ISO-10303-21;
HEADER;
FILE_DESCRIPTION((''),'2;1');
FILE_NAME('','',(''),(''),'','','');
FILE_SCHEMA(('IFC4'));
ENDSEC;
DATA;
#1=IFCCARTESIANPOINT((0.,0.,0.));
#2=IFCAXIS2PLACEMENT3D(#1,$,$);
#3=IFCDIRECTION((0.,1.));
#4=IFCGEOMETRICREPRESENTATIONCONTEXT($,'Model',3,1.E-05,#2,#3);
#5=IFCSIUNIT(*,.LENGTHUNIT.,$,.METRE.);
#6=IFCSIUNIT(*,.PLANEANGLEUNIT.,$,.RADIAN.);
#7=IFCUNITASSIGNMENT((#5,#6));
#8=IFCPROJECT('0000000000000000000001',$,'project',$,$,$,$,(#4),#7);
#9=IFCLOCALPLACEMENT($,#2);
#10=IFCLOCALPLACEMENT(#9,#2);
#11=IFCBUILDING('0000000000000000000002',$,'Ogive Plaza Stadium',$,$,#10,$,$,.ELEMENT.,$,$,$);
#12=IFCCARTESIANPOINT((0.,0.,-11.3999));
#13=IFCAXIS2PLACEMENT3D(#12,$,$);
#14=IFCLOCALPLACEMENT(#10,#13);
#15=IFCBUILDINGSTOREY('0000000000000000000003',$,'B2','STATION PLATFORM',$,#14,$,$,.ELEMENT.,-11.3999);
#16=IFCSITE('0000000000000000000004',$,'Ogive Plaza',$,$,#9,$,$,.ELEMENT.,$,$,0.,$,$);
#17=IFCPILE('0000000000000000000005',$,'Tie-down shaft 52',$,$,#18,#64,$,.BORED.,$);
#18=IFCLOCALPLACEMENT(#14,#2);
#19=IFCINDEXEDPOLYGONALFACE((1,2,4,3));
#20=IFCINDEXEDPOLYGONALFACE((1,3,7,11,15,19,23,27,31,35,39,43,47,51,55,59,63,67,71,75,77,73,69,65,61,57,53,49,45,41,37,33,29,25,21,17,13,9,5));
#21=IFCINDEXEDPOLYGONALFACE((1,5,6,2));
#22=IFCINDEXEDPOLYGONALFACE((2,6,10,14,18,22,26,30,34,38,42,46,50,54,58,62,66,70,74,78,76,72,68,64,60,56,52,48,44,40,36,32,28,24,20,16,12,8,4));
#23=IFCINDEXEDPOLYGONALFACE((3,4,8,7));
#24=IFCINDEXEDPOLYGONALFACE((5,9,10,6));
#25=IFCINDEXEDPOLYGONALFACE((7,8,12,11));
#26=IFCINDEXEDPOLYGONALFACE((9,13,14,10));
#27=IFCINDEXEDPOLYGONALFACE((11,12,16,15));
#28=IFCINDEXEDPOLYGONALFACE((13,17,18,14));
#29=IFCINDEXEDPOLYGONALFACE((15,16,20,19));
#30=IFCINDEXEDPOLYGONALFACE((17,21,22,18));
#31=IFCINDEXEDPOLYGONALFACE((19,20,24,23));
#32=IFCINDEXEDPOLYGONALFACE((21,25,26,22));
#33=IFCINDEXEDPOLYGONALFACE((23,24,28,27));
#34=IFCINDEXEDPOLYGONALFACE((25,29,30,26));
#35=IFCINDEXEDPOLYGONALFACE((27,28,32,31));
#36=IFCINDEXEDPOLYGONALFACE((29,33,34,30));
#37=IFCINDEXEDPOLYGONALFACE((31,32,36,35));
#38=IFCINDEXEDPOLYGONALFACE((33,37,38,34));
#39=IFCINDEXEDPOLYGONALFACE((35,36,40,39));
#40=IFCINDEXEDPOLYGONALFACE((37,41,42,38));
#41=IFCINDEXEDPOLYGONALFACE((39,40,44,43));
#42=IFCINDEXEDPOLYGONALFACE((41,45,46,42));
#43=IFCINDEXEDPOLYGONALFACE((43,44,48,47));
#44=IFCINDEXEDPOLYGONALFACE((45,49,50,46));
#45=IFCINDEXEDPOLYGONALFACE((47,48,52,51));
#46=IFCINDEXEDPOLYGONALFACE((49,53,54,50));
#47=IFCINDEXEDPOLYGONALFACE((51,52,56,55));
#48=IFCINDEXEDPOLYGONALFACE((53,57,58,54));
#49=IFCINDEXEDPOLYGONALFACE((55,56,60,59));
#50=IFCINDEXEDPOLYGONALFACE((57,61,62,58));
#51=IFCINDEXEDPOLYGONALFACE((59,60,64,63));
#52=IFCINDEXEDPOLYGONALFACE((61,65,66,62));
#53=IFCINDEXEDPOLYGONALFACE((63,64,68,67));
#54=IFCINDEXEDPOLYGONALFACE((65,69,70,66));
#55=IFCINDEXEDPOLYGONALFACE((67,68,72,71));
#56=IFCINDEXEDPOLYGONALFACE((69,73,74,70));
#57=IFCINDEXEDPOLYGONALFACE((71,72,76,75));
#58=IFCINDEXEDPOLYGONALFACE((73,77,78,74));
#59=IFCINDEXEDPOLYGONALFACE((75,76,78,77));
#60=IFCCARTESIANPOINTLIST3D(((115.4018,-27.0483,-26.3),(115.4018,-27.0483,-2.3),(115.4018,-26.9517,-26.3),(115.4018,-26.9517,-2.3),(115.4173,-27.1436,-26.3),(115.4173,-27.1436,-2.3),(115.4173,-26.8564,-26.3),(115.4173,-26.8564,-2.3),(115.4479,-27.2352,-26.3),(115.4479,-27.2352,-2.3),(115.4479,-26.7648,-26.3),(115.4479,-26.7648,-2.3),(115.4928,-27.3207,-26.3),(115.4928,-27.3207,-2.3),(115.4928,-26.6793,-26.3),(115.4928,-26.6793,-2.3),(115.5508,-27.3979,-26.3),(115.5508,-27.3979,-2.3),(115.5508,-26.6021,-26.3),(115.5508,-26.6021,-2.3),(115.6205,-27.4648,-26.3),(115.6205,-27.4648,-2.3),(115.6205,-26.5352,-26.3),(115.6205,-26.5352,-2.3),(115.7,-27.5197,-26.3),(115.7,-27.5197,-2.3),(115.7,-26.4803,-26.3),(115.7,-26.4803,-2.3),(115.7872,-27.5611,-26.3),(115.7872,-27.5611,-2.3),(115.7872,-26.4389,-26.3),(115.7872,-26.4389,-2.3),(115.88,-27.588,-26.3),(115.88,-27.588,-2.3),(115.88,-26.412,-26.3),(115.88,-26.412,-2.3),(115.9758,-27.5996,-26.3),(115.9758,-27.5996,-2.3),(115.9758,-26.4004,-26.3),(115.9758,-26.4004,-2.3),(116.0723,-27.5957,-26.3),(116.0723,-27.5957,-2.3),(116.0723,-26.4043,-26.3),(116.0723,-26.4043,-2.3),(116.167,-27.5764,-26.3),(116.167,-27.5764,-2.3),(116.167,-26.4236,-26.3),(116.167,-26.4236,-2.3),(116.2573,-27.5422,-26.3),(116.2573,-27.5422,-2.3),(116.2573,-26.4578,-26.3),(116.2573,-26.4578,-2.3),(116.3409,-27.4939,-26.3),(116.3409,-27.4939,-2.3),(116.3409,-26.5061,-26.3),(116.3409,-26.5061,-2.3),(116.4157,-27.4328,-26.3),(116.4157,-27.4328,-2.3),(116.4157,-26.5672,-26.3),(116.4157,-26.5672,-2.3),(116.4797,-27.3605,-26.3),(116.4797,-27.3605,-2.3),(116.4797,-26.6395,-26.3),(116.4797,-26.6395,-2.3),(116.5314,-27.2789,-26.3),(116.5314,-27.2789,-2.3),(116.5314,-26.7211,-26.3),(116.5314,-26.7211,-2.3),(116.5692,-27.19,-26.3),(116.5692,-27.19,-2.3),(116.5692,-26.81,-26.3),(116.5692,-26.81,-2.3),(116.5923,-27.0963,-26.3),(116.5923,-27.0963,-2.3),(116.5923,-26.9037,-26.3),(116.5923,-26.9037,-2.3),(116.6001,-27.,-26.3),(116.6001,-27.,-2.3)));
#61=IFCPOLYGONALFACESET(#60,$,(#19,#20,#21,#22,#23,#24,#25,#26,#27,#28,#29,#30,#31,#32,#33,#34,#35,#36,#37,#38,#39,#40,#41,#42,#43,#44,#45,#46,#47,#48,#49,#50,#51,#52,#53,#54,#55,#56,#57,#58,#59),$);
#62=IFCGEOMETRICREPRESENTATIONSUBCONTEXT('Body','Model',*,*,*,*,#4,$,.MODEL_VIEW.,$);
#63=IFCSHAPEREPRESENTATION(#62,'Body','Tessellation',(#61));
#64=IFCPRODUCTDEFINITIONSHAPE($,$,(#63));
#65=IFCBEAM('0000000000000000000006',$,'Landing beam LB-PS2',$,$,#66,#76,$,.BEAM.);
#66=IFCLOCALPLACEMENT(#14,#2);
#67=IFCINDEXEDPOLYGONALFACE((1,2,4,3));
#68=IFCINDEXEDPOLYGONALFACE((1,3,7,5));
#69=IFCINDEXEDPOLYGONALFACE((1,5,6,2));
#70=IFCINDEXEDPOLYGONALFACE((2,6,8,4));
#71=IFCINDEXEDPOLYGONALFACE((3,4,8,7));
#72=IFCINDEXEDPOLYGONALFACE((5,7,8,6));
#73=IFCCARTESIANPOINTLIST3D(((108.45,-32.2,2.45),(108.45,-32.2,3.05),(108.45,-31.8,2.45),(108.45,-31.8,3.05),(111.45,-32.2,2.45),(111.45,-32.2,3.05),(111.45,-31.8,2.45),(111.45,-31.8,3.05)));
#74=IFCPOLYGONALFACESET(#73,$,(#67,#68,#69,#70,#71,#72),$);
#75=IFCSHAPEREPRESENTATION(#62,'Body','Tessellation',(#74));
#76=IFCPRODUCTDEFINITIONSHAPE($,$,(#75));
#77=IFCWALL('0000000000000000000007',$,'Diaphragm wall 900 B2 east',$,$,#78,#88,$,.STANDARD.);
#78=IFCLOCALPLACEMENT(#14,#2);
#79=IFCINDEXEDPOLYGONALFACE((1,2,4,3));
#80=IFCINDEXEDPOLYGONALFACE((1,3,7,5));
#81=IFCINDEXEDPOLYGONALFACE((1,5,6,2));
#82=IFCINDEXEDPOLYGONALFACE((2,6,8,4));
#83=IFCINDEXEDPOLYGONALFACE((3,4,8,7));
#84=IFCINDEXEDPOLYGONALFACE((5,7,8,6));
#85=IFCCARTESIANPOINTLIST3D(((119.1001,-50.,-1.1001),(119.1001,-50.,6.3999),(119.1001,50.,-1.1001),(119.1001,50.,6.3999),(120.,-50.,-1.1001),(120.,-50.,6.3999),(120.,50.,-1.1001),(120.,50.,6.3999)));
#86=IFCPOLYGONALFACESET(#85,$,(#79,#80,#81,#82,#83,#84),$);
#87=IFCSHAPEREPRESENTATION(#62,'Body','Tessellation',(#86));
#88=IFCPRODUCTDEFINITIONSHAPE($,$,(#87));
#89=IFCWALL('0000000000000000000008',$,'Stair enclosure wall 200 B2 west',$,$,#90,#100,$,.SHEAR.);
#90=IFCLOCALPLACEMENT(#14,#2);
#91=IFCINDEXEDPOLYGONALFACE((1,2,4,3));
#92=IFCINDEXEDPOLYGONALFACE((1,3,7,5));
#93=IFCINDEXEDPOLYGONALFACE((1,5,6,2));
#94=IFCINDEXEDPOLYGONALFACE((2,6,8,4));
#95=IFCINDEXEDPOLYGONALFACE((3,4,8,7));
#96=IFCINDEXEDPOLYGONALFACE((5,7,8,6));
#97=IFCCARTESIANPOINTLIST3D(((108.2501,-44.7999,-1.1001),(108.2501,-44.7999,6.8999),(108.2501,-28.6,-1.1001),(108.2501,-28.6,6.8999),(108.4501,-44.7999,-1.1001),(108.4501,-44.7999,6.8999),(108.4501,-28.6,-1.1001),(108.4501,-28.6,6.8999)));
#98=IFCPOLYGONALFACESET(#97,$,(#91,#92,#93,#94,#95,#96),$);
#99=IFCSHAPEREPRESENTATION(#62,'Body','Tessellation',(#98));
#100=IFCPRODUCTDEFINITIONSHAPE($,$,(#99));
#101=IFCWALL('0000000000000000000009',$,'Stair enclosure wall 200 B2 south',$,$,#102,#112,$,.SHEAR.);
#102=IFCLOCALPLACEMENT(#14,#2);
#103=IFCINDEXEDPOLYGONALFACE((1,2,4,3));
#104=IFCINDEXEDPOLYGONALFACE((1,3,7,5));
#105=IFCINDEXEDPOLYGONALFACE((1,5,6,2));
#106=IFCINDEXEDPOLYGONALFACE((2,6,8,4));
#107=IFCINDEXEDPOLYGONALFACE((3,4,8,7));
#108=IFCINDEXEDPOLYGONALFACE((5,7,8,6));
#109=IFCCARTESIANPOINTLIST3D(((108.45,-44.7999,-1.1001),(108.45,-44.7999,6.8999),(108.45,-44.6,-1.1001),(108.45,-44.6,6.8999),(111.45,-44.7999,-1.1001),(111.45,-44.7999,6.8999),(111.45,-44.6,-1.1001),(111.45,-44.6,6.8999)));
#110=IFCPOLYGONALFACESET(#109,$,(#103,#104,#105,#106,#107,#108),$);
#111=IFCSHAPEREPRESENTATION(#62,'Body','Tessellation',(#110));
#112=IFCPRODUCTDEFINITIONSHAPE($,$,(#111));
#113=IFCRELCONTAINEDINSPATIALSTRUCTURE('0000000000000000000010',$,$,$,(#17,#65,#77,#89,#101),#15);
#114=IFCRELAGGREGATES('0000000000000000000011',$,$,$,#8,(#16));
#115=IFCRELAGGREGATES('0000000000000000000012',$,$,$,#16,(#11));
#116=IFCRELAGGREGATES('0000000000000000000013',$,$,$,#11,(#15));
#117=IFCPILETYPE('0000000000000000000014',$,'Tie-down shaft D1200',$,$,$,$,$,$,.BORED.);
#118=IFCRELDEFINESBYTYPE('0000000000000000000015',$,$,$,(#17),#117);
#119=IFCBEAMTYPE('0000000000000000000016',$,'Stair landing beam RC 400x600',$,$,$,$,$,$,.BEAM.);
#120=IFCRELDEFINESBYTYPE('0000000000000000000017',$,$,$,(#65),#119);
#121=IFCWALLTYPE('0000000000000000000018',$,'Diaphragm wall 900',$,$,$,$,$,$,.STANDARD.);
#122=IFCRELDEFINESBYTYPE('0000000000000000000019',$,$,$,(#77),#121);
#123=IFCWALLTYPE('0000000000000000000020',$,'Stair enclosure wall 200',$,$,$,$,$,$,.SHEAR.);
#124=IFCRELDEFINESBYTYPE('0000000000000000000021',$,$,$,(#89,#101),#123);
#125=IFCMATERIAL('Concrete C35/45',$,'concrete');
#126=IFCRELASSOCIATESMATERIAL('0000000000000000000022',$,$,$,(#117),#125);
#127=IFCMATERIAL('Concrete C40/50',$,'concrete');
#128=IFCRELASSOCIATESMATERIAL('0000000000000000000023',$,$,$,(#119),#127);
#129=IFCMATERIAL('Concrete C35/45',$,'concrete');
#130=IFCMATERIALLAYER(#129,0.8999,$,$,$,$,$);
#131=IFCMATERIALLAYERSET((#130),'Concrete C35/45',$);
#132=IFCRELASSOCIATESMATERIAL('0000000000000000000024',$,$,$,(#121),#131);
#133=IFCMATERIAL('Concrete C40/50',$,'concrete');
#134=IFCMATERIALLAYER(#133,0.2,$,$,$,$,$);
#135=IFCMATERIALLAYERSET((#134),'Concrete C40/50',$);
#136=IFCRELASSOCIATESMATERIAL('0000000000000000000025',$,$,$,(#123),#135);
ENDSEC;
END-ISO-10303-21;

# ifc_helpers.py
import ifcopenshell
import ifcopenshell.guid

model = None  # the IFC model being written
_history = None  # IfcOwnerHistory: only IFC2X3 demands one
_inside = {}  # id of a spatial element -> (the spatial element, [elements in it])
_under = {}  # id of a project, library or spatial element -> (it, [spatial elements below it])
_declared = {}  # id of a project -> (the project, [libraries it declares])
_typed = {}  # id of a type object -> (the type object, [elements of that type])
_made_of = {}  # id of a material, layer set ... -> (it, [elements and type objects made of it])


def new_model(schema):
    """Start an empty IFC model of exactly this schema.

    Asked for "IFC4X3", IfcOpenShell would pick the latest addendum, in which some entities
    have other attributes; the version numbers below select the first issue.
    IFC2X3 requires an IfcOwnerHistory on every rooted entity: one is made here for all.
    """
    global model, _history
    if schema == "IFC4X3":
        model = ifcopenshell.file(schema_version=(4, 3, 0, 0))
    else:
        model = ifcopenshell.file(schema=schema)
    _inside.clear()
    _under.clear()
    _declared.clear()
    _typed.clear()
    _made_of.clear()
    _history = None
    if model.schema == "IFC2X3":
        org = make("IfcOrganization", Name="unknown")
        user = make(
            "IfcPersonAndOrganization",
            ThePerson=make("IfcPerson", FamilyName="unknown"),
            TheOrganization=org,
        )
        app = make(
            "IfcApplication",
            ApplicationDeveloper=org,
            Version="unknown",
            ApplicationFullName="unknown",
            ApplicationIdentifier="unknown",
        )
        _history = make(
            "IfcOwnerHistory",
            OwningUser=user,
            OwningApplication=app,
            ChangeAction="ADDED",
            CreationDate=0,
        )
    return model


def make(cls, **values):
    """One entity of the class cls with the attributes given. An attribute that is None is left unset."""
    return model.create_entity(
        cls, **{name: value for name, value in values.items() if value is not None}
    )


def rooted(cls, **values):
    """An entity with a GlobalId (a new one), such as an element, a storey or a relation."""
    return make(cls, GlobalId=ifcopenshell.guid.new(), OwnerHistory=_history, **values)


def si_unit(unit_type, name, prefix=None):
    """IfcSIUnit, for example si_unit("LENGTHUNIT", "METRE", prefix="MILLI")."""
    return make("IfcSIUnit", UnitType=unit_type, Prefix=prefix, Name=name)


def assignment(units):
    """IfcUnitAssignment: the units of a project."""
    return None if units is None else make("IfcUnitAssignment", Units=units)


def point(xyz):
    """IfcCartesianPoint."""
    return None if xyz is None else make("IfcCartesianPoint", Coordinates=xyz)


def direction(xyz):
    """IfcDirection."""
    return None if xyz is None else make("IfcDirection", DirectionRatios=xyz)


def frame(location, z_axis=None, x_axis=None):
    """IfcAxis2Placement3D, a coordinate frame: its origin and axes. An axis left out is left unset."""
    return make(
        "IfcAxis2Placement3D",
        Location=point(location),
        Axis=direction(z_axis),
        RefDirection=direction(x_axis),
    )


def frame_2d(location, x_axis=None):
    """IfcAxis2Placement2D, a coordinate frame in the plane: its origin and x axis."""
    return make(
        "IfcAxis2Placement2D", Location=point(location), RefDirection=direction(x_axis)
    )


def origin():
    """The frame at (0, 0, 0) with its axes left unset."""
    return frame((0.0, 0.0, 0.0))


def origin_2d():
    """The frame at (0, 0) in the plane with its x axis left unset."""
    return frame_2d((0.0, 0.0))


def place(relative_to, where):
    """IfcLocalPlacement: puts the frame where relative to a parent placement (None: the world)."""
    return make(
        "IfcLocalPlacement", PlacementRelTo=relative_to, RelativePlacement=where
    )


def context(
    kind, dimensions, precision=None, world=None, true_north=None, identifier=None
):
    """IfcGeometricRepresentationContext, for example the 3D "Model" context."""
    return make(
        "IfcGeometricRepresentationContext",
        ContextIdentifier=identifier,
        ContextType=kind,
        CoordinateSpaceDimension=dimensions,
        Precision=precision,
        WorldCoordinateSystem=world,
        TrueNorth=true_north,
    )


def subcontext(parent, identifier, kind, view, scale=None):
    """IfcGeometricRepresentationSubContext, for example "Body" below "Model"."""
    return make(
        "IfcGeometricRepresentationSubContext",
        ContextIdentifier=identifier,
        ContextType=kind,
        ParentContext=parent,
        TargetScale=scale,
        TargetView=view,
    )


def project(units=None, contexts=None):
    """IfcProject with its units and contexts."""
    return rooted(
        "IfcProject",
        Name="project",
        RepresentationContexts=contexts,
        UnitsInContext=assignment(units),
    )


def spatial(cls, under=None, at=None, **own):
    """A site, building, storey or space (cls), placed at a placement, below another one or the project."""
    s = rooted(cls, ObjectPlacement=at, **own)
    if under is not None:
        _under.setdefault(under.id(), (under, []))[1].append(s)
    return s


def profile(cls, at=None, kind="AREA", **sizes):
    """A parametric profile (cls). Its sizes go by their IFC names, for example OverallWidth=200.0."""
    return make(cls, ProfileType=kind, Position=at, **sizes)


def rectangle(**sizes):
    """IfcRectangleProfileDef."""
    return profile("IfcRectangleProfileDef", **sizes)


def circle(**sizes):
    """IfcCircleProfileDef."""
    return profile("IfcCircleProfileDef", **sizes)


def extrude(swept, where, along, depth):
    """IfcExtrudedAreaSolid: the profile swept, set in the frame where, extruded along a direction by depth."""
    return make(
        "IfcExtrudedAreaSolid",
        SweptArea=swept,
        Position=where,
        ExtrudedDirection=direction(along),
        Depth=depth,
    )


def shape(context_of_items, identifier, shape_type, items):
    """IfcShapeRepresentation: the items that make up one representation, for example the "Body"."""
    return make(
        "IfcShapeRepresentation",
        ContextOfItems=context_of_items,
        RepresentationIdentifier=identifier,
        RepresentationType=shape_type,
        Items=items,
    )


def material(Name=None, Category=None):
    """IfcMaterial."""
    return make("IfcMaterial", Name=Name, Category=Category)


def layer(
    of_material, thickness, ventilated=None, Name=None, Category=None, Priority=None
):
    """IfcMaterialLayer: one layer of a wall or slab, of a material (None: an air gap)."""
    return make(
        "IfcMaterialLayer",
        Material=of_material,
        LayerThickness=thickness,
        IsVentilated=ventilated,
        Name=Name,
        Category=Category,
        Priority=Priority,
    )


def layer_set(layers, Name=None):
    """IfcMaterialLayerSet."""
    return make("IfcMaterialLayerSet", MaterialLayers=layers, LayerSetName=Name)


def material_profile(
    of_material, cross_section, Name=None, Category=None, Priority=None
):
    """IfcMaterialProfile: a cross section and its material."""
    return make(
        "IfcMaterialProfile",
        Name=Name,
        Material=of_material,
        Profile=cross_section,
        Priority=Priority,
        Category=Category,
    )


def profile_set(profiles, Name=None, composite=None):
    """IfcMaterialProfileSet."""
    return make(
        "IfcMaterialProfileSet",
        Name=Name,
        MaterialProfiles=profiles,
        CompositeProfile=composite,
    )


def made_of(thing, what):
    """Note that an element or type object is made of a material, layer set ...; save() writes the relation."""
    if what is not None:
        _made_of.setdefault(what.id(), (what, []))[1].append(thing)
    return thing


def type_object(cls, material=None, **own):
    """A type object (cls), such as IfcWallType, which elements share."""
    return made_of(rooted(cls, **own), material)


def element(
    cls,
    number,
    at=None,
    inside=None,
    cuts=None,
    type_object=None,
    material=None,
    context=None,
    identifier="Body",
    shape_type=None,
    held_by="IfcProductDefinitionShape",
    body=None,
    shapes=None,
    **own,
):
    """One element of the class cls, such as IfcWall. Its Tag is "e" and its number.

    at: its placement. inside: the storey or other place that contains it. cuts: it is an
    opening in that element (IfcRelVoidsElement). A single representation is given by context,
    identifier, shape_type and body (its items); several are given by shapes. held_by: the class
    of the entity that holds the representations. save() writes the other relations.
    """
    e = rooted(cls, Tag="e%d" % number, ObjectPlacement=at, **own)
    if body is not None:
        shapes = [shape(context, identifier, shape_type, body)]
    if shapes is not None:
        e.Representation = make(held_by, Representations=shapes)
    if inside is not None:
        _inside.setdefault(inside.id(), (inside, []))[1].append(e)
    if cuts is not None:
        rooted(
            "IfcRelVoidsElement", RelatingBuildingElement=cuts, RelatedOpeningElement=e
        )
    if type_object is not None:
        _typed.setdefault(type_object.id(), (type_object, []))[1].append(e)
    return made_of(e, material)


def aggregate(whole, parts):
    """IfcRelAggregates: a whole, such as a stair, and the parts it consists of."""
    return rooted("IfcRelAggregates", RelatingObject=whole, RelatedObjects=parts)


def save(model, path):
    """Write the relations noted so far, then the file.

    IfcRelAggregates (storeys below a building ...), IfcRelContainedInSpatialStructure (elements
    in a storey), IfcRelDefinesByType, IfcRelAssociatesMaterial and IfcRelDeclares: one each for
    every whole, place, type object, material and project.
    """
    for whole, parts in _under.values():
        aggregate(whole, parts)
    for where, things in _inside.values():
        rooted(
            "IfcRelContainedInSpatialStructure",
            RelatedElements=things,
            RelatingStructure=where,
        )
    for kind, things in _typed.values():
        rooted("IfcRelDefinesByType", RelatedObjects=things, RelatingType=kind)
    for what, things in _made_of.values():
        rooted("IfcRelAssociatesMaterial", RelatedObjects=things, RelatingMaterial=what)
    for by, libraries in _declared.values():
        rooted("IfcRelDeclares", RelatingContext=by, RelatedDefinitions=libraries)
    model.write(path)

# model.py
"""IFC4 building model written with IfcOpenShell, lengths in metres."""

from ifc_helpers import new_model, si_unit, direction, frame, frame_2d, origin, origin_2d, place, context, subcontext, project, spatial, rectangle, circle, extrude, material, layer, layer_set, material_profile, profile_set, type_object, element, save


model = new_model("IFC4")

# Units and contexts
model_context = context("Model", 3, precision=1e-05, world=origin(), true_north=direction((0.0, 1.0)))
body_context = subcontext(model_context, "Body", "Model", "MODEL_VIEW")
ifc_project = project(units=[si_unit("LENGTHUNIT", "METRE"), si_unit("PLANEANGLEUNIT", "RADIAN")], contexts=[model_context])

# Site, building, storey
site_placement = place(None, origin())
site = spatial("IfcSite", under=ifc_project, at=site_placement, Name="Ogive Plaza", CompositionType="ELEMENT", RefElevation=0.0)
building_placement = place(site_placement, origin())
building = spatial("IfcBuilding", under=site, at=building_placement, Name="Ogive Plaza Stadium", CompositionType="ELEMENT")
storey_placement = place(building_placement, frame((0.0, 0.0, -11.3999)))
storey = spatial("IfcBuildingStorey", under=building, at=storey_placement, Name="B2", Description="STATION PLATFORM", CompositionType="ELEMENT", Elevation=-11.3999)

# Pile
ifc_material_1 = material(Name="Concrete C35/45", Category="concrete")
ifc_material_profile_1 = material_profile(ifc_material_1, circle(Radius=0.6001, at=origin_2d()), Name="Tie-down shaft D1200")
ifc_profile_set_1 = profile_set([ifc_material_profile_1], Name="Concrete C35/45")
pile_type = type_object("IfcPileType", Name="Tie-down shaft D1200", PredefinedType="BORED", material=ifc_profile_set_1)
for number, where, z_axis, x_axis, name in (
    (1, (116.0, -27.0, -2.3), (0.0, 0.0, -1.0), (1.0, 0.0, 0.0), "Tie-down shaft 52"),
):
    element("IfcPile", number, at=place(storey_placement, frame(where, z_axis=z_axis, x_axis=x_axis)), inside=storey, type_object=pile_type, Name=name, PredefinedType="BORED", context=body_context, shape_type="SweptSolid", body=[
        extrude(circle(Radius=0.6001, at=origin_2d()), origin(), (0.0, 0.0, 1.0), 24.0),
    ])

# Beam
ifc_material_2 = material(Name="Concrete C40/50", Category="concrete")
ifc_material_profile_2 = material_profile(ifc_material_2, rectangle(XDim=0.3999, YDim=0.6001, at=origin_2d()), Name="Stair landing beam RC 400x600")
ifc_profile_set_2 = profile_set([ifc_material_profile_2], Name="Concrete C40/50")
beam_type = type_object("IfcBeamType", Name="Stair landing beam RC 400x600", PredefinedType="BEAM", material=ifc_profile_set_2)
beam_placement = place(storey_placement, frame((108.45, -32.0, 2.75), z_axis=(1.0, 0.0, 0.0), x_axis=(0.0, 1.0, 0.0)))
element("IfcBeam", 2, at=beam_placement, inside=storey, type_object=beam_type, Name="Landing beam LB-PS2", PredefinedType="BEAM", context=body_context, shape_type="SweptSolid", body=[
    extrude(rectangle(XDim=0.3999, YDim=0.6001, at=origin_2d()), origin(), (0.0, 0.0, 1.0), 3.0),
])

# Wall
ifc_material_3 = material(Name="Concrete C35/45", Category="concrete")
ifc_layer_1 = layer(ifc_material_3, 0.8999)
ifc_layer_set_1 = layer_set([ifc_layer_1], Name="Concrete C35/45")
wall_type_1 = type_object("IfcWallType", Name="Diaphragm wall 900", PredefinedType="STANDARD", material=ifc_layer_set_1)
wall_1_placement = place(storey_placement, frame((119.55, -50.0, -1.1001), z_axis=(0.0, 0.0, 1.0), x_axis=(0.0, 1.0, 0.0)))
element("IfcWall", 3, at=wall_1_placement, inside=storey, type_object=wall_type_1, Name="Diaphragm wall 900 B2 east", PredefinedType="STANDARD", context=body_context, shape_type="SweptSolid", body=[
    extrude(rectangle(XDim=100.0, YDim=0.8999, at=frame_2d((50.0, 0.0))), origin(), (0.0, 0.0, 1.0), 7.5),
])

# Wall
ifc_material_4 = material(Name="Concrete C40/50", Category="concrete")
ifc_layer_2 = layer(ifc_material_4, 0.2)
ifc_layer_set_2 = layer_set([ifc_layer_2], Name="Concrete C40/50")
wall_type_2 = type_object("IfcWallType", Name="Stair enclosure wall 200", PredefinedType="SHEAR", material=ifc_layer_set_2)
wall_2_placement = place(storey_placement, frame((108.3501, -44.8, -1.1001), z_axis=(0.0, 0.0, 1.0), x_axis=(0.0, 1.0, 0.0)))
element("IfcWall", 4, at=wall_2_placement, inside=storey, type_object=wall_type_2, Name="Stair enclosure wall 200 B2 west", PredefinedType="SHEAR", context=body_context, shape_type="SweptSolid", body=[
    extrude(rectangle(XDim=16.2, YDim=0.2, at=frame_2d((8.1001, 0.0))), origin(), (0.0, 0.0, 1.0), 8.0),
])

# Wall
wall_3_placement = place(storey_placement, frame((108.45, -44.7, -1.1001), z_axis=(0.0, 0.0, 1.0), x_axis=(1.0, 0.0, 0.0)))
element("IfcWall", 5, at=wall_3_placement, inside=storey, type_object=wall_type_2, Name="Stair enclosure wall 200 B2 south", PredefinedType="SHEAR", context=body_context, shape_type="SweptSolid", body=[
    extrude(rectangle(XDim=3.0, YDim=0.2, at=frame_2d((1.5, 0.0))), origin(), (0.0, 0.0, 1.0), 8.0),
])

save(model, "model.ifc")
